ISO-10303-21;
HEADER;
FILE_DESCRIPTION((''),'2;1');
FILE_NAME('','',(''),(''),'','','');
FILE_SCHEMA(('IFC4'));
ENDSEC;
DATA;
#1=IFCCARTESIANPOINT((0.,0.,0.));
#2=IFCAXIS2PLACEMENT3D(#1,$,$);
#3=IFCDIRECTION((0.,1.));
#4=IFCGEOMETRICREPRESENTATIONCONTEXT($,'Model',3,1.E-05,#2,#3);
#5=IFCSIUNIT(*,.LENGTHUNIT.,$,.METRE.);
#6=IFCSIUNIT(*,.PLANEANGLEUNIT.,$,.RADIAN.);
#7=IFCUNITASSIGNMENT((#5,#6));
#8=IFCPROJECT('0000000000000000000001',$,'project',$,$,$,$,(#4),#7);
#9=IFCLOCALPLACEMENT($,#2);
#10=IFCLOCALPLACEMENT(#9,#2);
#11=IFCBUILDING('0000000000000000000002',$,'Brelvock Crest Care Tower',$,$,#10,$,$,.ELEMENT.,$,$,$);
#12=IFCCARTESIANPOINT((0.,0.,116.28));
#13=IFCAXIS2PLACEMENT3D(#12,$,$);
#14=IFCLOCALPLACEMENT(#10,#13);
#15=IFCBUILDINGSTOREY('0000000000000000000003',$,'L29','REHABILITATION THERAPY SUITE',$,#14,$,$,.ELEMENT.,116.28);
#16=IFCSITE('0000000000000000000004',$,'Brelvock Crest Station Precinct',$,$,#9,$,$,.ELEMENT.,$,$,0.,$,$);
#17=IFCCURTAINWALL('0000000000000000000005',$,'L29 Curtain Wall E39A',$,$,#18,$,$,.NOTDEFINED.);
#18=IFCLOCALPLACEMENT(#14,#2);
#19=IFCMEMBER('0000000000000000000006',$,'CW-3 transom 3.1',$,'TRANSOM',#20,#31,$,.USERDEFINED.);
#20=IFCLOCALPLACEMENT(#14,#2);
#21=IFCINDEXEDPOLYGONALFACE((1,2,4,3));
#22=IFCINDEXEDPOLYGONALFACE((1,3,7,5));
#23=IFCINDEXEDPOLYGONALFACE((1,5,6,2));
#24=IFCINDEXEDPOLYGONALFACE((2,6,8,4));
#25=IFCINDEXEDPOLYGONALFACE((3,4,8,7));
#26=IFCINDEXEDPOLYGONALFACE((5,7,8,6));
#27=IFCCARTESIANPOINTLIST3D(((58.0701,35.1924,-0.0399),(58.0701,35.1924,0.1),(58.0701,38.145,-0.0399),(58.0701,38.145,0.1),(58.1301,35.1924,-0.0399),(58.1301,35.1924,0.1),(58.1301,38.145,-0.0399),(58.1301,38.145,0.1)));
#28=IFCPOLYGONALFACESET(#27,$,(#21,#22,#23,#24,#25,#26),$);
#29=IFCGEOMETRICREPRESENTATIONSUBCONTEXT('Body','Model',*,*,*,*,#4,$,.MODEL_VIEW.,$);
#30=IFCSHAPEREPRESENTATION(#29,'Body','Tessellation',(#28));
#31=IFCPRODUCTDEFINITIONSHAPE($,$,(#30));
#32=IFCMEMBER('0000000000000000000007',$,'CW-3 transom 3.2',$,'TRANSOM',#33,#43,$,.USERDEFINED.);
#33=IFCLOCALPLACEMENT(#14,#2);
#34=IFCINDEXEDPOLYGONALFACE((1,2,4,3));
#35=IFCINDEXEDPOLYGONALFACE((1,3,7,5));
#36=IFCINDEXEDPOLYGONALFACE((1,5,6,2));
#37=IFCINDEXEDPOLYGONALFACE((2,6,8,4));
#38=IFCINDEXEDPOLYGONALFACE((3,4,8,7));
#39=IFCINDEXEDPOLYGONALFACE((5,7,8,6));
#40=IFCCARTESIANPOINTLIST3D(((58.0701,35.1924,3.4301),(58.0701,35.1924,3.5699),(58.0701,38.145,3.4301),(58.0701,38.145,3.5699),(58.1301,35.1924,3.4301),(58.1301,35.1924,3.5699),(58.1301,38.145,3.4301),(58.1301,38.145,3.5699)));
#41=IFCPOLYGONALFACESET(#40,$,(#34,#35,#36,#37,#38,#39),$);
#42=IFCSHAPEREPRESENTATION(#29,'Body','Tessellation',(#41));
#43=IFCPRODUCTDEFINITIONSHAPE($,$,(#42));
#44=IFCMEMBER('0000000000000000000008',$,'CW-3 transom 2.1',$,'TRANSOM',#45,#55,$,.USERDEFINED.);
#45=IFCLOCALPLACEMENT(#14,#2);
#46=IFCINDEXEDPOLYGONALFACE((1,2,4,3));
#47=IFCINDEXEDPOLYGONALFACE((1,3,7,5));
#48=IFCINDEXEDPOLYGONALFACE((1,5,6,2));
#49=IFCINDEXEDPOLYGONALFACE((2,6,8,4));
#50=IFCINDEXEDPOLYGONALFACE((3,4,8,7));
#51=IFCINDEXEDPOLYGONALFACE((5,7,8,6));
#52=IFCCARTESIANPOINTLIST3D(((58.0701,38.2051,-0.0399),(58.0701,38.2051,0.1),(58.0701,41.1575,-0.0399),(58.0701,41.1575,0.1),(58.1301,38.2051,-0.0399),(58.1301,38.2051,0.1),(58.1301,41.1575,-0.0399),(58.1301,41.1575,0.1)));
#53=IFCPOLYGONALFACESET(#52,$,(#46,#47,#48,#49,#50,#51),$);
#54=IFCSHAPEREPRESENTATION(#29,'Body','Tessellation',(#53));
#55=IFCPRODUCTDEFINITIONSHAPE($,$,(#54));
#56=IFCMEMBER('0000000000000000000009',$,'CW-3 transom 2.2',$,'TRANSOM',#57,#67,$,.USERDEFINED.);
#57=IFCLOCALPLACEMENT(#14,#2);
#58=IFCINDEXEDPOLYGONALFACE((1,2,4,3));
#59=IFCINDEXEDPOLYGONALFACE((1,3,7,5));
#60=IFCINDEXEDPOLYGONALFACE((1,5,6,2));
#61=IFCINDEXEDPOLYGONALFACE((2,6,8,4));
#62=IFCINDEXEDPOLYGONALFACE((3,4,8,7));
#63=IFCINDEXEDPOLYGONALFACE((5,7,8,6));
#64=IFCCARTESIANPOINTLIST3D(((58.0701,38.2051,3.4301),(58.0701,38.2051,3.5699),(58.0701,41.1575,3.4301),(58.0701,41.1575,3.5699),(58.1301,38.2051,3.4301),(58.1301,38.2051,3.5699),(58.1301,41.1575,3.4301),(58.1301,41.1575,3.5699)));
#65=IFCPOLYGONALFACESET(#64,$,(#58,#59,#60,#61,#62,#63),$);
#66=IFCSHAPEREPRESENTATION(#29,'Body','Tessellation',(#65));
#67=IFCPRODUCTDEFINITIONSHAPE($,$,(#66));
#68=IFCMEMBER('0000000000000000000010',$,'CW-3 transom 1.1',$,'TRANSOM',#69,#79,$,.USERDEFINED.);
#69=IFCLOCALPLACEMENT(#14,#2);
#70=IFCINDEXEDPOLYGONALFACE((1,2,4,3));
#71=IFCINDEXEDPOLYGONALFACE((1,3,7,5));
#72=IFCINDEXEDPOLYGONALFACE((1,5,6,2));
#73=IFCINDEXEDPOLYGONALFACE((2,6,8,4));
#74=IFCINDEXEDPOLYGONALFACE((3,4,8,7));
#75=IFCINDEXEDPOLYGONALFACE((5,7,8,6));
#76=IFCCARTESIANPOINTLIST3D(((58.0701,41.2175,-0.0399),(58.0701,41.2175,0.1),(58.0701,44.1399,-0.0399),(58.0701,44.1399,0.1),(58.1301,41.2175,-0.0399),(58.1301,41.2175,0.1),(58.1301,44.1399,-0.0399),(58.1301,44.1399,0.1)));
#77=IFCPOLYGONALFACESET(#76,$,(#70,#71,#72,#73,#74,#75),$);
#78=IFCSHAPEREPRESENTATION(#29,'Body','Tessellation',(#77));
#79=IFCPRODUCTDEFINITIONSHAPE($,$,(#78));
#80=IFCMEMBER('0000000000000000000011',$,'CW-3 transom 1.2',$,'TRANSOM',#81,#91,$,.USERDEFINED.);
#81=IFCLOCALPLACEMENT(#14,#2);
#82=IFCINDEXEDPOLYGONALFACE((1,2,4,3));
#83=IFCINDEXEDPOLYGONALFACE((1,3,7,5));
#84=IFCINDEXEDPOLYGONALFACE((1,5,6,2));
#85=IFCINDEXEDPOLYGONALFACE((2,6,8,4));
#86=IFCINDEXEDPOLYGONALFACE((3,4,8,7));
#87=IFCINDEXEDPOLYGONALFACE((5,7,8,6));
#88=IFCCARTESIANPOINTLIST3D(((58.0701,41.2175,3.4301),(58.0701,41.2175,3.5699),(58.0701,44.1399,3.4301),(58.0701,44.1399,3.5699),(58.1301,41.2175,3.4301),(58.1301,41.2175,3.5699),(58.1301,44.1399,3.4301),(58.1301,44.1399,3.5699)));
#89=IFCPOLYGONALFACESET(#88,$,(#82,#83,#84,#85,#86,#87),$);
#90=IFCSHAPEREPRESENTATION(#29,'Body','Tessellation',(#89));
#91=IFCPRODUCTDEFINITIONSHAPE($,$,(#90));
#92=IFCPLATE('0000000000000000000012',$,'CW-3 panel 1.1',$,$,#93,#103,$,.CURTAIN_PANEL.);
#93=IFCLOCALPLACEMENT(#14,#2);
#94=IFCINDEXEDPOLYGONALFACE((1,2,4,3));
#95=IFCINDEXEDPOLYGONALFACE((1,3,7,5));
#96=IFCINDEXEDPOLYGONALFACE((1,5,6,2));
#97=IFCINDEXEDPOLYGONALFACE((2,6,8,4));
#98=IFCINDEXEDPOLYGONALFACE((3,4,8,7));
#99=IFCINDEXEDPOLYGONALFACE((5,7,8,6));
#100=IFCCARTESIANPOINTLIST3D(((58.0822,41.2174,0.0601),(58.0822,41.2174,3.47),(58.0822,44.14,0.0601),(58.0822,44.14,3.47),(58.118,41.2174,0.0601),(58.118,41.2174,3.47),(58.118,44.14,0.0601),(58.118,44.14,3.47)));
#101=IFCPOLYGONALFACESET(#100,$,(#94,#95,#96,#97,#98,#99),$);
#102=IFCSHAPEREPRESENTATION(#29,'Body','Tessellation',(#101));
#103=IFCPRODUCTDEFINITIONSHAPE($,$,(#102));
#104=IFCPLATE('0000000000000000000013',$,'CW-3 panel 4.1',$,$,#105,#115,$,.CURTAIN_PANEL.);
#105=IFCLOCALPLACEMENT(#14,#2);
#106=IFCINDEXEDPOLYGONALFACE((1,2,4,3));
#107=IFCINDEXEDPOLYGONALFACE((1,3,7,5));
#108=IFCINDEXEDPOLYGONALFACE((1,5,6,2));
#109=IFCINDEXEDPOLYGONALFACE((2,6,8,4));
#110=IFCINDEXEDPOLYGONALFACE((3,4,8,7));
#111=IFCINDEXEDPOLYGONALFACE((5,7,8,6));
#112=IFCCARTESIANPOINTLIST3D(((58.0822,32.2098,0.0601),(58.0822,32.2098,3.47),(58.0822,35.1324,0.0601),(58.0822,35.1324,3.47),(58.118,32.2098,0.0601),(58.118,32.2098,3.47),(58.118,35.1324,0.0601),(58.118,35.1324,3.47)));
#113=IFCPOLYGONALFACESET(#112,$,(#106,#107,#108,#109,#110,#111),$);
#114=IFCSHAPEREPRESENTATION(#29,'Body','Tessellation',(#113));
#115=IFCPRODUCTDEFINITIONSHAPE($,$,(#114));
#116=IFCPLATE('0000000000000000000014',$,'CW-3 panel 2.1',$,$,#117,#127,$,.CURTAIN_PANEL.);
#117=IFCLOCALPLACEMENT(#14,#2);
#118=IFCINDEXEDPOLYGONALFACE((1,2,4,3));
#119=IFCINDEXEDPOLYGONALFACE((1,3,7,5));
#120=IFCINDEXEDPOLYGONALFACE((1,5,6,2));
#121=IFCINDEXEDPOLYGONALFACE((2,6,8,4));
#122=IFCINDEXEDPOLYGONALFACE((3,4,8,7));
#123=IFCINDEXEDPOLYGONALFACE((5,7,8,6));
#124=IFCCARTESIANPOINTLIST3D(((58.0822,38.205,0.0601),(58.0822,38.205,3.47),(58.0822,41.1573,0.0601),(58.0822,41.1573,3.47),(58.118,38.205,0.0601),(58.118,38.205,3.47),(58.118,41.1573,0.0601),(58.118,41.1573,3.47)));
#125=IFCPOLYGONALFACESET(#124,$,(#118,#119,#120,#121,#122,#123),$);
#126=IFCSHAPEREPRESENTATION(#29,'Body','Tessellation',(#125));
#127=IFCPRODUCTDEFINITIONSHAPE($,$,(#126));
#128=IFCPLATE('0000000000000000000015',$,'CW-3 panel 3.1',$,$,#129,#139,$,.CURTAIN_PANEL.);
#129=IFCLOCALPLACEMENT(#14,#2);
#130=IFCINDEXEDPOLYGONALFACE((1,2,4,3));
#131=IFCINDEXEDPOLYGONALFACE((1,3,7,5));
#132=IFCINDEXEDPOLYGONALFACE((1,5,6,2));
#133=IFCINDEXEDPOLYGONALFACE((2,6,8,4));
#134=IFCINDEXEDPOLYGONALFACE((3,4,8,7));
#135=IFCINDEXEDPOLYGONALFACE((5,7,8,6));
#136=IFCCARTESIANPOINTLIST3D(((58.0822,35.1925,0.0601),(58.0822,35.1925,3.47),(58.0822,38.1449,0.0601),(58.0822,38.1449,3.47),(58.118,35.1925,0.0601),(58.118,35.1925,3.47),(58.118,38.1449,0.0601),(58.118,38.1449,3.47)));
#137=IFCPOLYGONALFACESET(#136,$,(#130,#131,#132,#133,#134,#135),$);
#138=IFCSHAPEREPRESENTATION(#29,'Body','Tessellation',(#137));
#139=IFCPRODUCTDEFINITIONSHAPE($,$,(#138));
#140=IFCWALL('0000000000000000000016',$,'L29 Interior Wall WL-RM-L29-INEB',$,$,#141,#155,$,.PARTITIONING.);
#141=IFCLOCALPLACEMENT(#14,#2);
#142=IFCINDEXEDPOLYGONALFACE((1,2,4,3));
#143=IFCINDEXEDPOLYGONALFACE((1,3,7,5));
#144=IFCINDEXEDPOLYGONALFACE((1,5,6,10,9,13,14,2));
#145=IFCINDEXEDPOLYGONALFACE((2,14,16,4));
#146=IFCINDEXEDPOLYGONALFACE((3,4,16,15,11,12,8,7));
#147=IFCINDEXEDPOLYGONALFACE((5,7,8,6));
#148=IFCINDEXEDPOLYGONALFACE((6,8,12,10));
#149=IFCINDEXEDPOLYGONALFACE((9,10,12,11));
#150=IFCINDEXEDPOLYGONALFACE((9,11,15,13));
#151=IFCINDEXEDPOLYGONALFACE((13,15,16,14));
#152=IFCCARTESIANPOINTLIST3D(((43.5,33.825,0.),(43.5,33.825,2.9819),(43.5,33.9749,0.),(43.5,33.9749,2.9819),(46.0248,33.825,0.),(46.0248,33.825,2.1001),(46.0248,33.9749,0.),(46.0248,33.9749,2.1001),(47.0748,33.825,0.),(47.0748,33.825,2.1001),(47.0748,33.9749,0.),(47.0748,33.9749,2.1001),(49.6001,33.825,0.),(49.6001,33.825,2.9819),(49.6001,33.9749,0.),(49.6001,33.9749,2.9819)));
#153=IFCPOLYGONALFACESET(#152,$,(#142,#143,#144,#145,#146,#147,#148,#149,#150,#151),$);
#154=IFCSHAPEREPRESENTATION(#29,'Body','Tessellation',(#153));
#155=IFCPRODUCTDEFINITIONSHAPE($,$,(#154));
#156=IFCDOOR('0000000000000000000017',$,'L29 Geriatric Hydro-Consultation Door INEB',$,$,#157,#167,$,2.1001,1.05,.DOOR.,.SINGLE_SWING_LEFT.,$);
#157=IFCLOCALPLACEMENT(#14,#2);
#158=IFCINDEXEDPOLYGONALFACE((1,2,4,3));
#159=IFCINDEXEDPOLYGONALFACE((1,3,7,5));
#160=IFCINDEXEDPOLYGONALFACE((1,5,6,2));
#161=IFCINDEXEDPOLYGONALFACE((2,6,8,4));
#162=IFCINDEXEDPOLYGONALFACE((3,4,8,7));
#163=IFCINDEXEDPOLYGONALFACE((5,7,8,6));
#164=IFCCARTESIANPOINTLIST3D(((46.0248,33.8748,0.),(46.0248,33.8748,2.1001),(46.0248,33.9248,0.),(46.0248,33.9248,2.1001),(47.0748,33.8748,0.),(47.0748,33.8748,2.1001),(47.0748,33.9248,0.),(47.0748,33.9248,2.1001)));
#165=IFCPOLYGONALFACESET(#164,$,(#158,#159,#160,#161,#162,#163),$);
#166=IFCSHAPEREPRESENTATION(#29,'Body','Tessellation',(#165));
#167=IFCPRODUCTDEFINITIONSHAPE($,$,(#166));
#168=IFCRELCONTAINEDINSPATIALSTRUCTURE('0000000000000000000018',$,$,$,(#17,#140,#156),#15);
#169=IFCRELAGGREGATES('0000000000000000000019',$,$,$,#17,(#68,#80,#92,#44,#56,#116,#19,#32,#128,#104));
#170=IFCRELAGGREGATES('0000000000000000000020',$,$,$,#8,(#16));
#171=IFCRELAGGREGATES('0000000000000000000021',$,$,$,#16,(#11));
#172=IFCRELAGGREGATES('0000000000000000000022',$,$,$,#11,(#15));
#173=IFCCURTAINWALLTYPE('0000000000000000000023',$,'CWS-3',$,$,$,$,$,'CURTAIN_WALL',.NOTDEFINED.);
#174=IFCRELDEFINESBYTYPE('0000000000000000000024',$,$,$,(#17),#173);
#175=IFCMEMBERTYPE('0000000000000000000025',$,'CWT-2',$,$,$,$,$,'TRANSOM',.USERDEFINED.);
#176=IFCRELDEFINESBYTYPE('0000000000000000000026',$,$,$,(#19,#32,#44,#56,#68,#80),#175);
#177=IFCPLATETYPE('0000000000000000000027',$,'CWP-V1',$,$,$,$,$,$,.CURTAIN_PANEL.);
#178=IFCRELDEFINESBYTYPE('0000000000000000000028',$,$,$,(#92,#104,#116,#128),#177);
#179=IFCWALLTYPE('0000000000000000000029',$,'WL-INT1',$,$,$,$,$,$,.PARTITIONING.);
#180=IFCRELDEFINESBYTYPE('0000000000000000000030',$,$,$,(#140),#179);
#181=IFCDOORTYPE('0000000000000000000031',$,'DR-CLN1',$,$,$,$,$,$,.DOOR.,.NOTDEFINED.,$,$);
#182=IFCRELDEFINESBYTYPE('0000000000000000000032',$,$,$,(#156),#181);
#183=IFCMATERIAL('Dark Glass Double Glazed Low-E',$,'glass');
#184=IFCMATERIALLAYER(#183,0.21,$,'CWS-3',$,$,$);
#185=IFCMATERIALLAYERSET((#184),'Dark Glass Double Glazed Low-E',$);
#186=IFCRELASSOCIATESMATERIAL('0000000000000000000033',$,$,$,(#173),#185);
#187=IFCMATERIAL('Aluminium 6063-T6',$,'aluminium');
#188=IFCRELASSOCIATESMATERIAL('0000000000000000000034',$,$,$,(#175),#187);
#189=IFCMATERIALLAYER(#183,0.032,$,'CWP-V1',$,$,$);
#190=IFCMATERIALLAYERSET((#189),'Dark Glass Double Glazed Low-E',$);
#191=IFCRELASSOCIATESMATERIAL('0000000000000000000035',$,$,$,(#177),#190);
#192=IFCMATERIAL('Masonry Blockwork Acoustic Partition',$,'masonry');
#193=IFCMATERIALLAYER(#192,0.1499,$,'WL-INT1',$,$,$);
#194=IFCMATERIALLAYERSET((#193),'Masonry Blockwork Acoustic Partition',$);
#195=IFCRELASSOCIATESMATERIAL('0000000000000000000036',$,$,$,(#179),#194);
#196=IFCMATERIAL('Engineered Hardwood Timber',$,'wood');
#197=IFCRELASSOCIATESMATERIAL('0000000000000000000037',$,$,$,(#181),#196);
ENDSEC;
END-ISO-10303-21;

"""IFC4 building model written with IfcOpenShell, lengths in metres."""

from ifc_helpers import new_model, si_unit, direction, frame, frame_2d, origin, origin_2d, place, context, subcontext, project, spatial, rectangle, extrude, source, transform, mapped, material, layer, layer_set, material_profile, profile_set, type_object, element, fill, aggregate, save


model = new_model("IFC4")

# Units and contexts
model_context = context("Model", 3, precision=1e-05, world=origin(), true_north=direction((0.0, 1.0)))
body_context = subcontext(model_context, "Body", "Model", "MODEL_VIEW")
ifc_project = project(units=[si_unit("LENGTHUNIT", "METRE"), si_unit("PLANEANGLEUNIT", "RADIAN")], contexts=[model_context])

# Site, building, storey
site_placement = place(None, origin())
site = spatial("IfcSite", under=ifc_project, at=site_placement, Name="Brelvock Crest Station Precinct", CompositionType="ELEMENT", RefElevation=0.0)
building_placement = place(site_placement, origin())
building = spatial("IfcBuilding", under=site, at=building_placement, Name="Brelvock Crest Care Tower", CompositionType="ELEMENT")
storey_placement = place(building_placement, frame((0.0, 0.0, 116.28)))
storey = spatial("IfcBuildingStorey", under=building, at=storey_placement, Name="L29", Description="REHABILITATION THERAPY SUITE", CompositionType="ELEMENT", Elevation=116.28)

# Curtain wall, members, plates
ifc_material_1 = material(Name="Dark Glass Double Glazed Low-E", Category="glass")
ifc_layer_1 = layer(ifc_material_1, 0.21, Name="CWS-3")
ifc_layer_set_1 = layer_set([ifc_layer_1], Name="Dark Glass Double Glazed Low-E")
curtain_wall_type = type_object("IfcCurtainWallType", Name="CWS-3", ElementType="CURTAIN_WALL", PredefinedType="NOTDEFINED", material=ifc_layer_set_1)
curtain_wall_placement = place(storey_placement, origin())
curtain_wall = element("IfcCurtainWall", 1, at=curtain_wall_placement, inside=storey, type_object=curtain_wall_type, Name="L29 Curtain Wall E39A", PredefinedType="NOTDEFINED")
ifc_material_2 = material(Name="Aluminium 6063-T6", Category="aluminium")
ifc_material_profile_1 = material_profile(ifc_material_2, rectangle(XDim=0.0601, YDim=0.1399, at=origin_2d()), Name="ALU60x140")
ifc_profile_set_1 = profile_set([ifc_material_profile_1], Name="Aluminium 6063-T6")
member_type_1 = type_object("IfcMemberType", Name="CWT-2", ElementType="TRANSOM", PredefinedType="USERDEFINED", material=ifc_profile_set_1)
shared_shape_1 = source(origin(), body_context, "Body", "SweptSolid", [
    extrude(rectangle(XDim=0.0601, YDim=0.1399, at=origin_2d()), origin(), (0.0, 0.0, 1.0), 2.9526),
])
member_1_placement = place(storey_placement, frame((58.1001, 38.145, 0.03), z_axis=(0.0, -1.0, 0.0), x_axis=(1.0, 0.0, 0.0)))
member_1 = element("IfcMember", 2, at=member_1_placement, type_object=member_type_1, Name="CW-3 transom 3.1", ObjectType="TRANSOM", PredefinedType="USERDEFINED", context=body_context, shape_type="MappedRepresentation", body=[
    mapped(shared_shape_1, transform((0.0, 0.0, 0.0), x_axis=(1.0, 0.0, 0.0), y_axis=(0.0, 1.0, 0.0), z_axis=(0.0, 0.0, 1.0), scale=1.0)),
])
member_2_placement = place(storey_placement, frame((58.1001, 38.145, 3.5), z_axis=(0.0, -1.0, 0.0), x_axis=(1.0, 0.0, 0.0)))
member_2 = element("IfcMember", 3, at=member_2_placement, type_object=member_type_1, Name="CW-3 transom 3.2", ObjectType="TRANSOM", PredefinedType="USERDEFINED", context=body_context, shape_type="MappedRepresentation", body=[
    mapped(shared_shape_1, transform((0.0, 0.0, 0.0), x_axis=(1.0, 0.0, 0.0), y_axis=(0.0, 1.0, 0.0), z_axis=(0.0, 0.0, 1.0), scale=1.0)),
])
shared_shape_2 = source(origin(), body_context, "Body", "SweptSolid", [
    extrude(rectangle(XDim=0.0601, YDim=0.1399, at=origin_2d()), origin(), (0.0, 0.0, 1.0), 2.9524),
])
member_3_placement = place(storey_placement, frame((58.1001, 41.1575, 0.03), z_axis=(0.0, -1.0, 0.0), x_axis=(1.0, 0.0, 0.0)))
member_3 = element("IfcMember", 4, at=member_3_placement, type_object=member_type_1, Name="CW-3 transom 2.1", ObjectType="TRANSOM", PredefinedType="USERDEFINED", context=body_context, shape_type="MappedRepresentation", body=[
    mapped(shared_shape_2, transform((0.0, 0.0, 0.0), x_axis=(1.0, 0.0, 0.0), y_axis=(0.0, 1.0, 0.0), z_axis=(0.0, 0.0, 1.0), scale=1.0)),
])
member_4_placement = place(storey_placement, frame((58.1001, 41.1575, 3.5), z_axis=(0.0, -1.0, 0.0), x_axis=(1.0, 0.0, 0.0)))
member_4 = element("IfcMember", 5, at=member_4_placement, type_object=member_type_1, Name="CW-3 transom 2.2", ObjectType="TRANSOM", PredefinedType="USERDEFINED", context=body_context, shape_type="MappedRepresentation", body=[
    mapped(shared_shape_2, transform((0.0, 0.0, 0.0), x_axis=(1.0, 0.0, 0.0), y_axis=(0.0, 1.0, 0.0), z_axis=(0.0, 0.0, 1.0), scale=1.0)),
])
shared_shape_3 = source(origin(), body_context, "Body", "SweptSolid", [
    extrude(rectangle(XDim=0.0601, YDim=0.1399, at=origin_2d()), origin(), (0.0, 0.0, 1.0), 2.9224),
])
member_5_placement = place(storey_placement, frame((58.1001, 44.1399, 0.03), z_axis=(0.0, -1.0, 0.0), x_axis=(1.0, 0.0, 0.0)))
member_5 = element("IfcMember", 6, at=member_5_placement, type_object=member_type_1, Name="CW-3 transom 1.1", ObjectType="TRANSOM", PredefinedType="USERDEFINED", context=body_context, shape_type="MappedRepresentation", body=[
    mapped(shared_shape_3, transform((0.0, 0.0, 0.0), x_axis=(1.0, 0.0, 0.0), y_axis=(0.0, 1.0, 0.0), z_axis=(0.0, 0.0, 1.0), scale=1.0)),
])
member_6_placement = place(storey_placement, frame((58.1001, 44.1399, 3.5), z_axis=(0.0, -1.0, 0.0), x_axis=(1.0, 0.0, 0.0)))
member_6 = element("IfcMember", 7, at=member_6_placement, type_object=member_type_1, Name="CW-3 transom 1.2", ObjectType="TRANSOM", PredefinedType="USERDEFINED", context=body_context, shape_type="MappedRepresentation", body=[
    mapped(shared_shape_3, transform((0.0, 0.0, 0.0), x_axis=(1.0, 0.0, 0.0), y_axis=(0.0, 1.0, 0.0), z_axis=(0.0, 0.0, 1.0), scale=1.0)),
])
ifc_layer_2 = layer(ifc_material_1, 0.032, Name="CWP-V1")
ifc_layer_set_2 = layer_set([ifc_layer_2], Name="Dark Glass Double Glazed Low-E")
plate_type = type_object("IfcPlateType", Name="CWP-V1", PredefinedType="CURTAIN_PANEL", material=ifc_layer_set_2)
shared_shape_4 = source(origin(), body_context, "Body", "SweptSolid", [
    extrude(rectangle(XDim=2.9226, YDim=0.0359, at=origin_2d()), origin(), (0.0, 0.0, 1.0), 3.4099),
])
plate_1_placement = place(storey_placement, frame((58.1001, 42.6787, 0.0601), z_axis=(0.0, 0.0, 1.0), x_axis=(0.0, -1.0, 0.0)))
plate_1 = element("IfcPlate", 8, at=plate_1_placement, type_object=plate_type, Name="CW-3 panel 1.1", PredefinedType="CURTAIN_PANEL", context=body_context, shape_type="MappedRepresentation", body=[
    mapped(shared_shape_4, transform((0.0, 0.0, 0.0), x_axis=(1.0, 0.0, 0.0), y_axis=(0.0, 1.0, 0.0), z_axis=(0.0, 0.0, 1.0), scale=1.0)),
])
plate_2_placement = place(storey_placement, frame((58.1001, 33.6711, 0.0601), z_axis=(0.0, 0.0, 1.0), x_axis=(0.0, -1.0, 0.0)))
plate_2 = element("IfcPlate", 9, at=plate_2_placement, type_object=plate_type, Name="CW-3 panel 4.1", PredefinedType="CURTAIN_PANEL", context=body_context, shape_type="MappedRepresentation", body=[
    mapped(shared_shape_4, transform((0.0, 0.0, 0.0), x_axis=(1.0, 0.0, 0.0), y_axis=(0.0, 1.0, 0.0), z_axis=(0.0, 0.0, 1.0), scale=1.0)),
])
shared_shape_5 = source(origin(), body_context, "Body", "SweptSolid", [
    extrude(rectangle(XDim=2.9524, YDim=0.0359, at=origin_2d()), origin(), (0.0, 0.0, 1.0), 3.4099),
])
plate_3_placement = place(storey_placement, frame((58.1001, 39.6812, 0.0601), z_axis=(0.0, 0.0, 1.0), x_axis=(0.0, -1.0, 0.0)))
plate_3 = element("IfcPlate", 10, at=plate_3_placement, type_object=plate_type, Name="CW-3 panel 2.1", PredefinedType="CURTAIN_PANEL", context=body_context, shape_type="MappedRepresentation", body=[
    mapped(shared_shape_5, transform((0.0, 0.0, 0.0), x_axis=(1.0, 0.0, 0.0), y_axis=(0.0, 1.0, 0.0), z_axis=(0.0, 0.0, 1.0), scale=1.0)),
])
plate_4_placement = place(storey_placement, frame((58.1001, 36.6687, 0.0601), z_axis=(0.0, 0.0, 1.0), x_axis=(0.0, -1.0, 0.0)))
plate_4 = element("IfcPlate", 11, at=plate_4_placement, type_object=plate_type, Name="CW-3 panel 3.1", PredefinedType="CURTAIN_PANEL", context=body_context, shape_type="MappedRepresentation", body=[
    mapped(shared_shape_5, transform((0.0, 0.0, 0.0), x_axis=(1.0, 0.0, 0.0), y_axis=(0.0, 1.0, 0.0), z_axis=(0.0, 0.0, 1.0), scale=1.0)),
])
aggregate(curtain_wall, [member_5, member_6, plate_1, member_3, member_4, plate_3, member_1, member_2, plate_4, plate_2])

# Wall, opening, door
ifc_material_3 = material(Name="Masonry Blockwork Acoustic Partition", Category="masonry")
ifc_layer_3 = layer(ifc_material_3, 0.1499, Name="WL-INT1")
ifc_layer_set_3 = layer_set([ifc_layer_3], Name="Masonry Blockwork Acoustic Partition")
wall_type_1 = type_object("IfcWallType", Name="WL-INT1", PredefinedType="PARTITIONING", material=ifc_layer_set_3)
wall_1_placement = place(storey_placement, frame((43.5, 33.8999, 0.0), z_axis=(0.0, 0.0, 1.0), x_axis=(1.0, 0.0, 0.0)))
wall_1 = element("IfcWall", 12, at=wall_1_placement, inside=storey, type_object=wall_type_1, Name="L29 Interior Wall WL-RM-L29-INEB", PredefinedType="PARTITIONING", context=body_context, shape_type="SweptSolid", body=[
    extrude(rectangle(XDim=6.1001, YDim=0.1499, at=frame_2d((3.05, 0.0))), origin(), (0.0, 0.0, 1.0), 2.9819),
])
opening_1_placement = place(wall_1_placement, frame((2.5249, 0.0, 0.0)))
opening_1 = element("IfcOpeningElement", 13, at=opening_1_placement, cuts=wall_1, PredefinedType="OPENING", context=body_context, shape_type="SweptSolid", body=[
    extrude(rectangle(XDim=1.05, YDim=2.1001, at=origin_2d()), frame((0.5249, 0.085, 1.05), z_axis=(0.0, -1.0, 0.0), x_axis=(1.0, 0.0, 0.0)), (0.0, 0.0, 1.0), 0.1699),
])
ifc_material_4 = material(Name="Engineered Hardwood Timber", Category="wood")
door_type_1 = type_object("IfcDoorType", Name="DR-CLN1", OperationType="NOTDEFINED", PredefinedType="DOOR", material=ifc_material_4)
shared_shape_6 = source(origin(), body_context, "Body", "SweptSolid", [
    extrude(rectangle(XDim=1.05, YDim=2.1001, at=origin_2d()), frame((0.5249, 0.0249, 1.05), z_axis=(0.0, -1.0, 0.0), x_axis=(1.0, 0.0, 0.0)), (0.0, 0.0, 1.0), 0.05),
])
door_1_placement = place(opening_1_placement, origin())
door_1 = element("IfcDoor", 14, at=door_1_placement, inside=storey, type_object=door_type_1, Name="L29 Geriatric Hydro-Consultation Door INEB", OperationType="SINGLE_SWING_LEFT", OverallHeight=2.1001, OverallWidth=1.05, PredefinedType="DOOR", context=body_context, shape_type="MappedRepresentation", body=[
    mapped(shared_shape_6, transform((0.0, 0.0, 0.0), x_axis=(1.0, 0.0, 0.0), y_axis=(0.0, 1.0, 0.0), z_axis=(0.0, 0.0, 1.0), scale=1.0)),
])
fill(opening_1, door_1)

save(model, "model.ifc")
